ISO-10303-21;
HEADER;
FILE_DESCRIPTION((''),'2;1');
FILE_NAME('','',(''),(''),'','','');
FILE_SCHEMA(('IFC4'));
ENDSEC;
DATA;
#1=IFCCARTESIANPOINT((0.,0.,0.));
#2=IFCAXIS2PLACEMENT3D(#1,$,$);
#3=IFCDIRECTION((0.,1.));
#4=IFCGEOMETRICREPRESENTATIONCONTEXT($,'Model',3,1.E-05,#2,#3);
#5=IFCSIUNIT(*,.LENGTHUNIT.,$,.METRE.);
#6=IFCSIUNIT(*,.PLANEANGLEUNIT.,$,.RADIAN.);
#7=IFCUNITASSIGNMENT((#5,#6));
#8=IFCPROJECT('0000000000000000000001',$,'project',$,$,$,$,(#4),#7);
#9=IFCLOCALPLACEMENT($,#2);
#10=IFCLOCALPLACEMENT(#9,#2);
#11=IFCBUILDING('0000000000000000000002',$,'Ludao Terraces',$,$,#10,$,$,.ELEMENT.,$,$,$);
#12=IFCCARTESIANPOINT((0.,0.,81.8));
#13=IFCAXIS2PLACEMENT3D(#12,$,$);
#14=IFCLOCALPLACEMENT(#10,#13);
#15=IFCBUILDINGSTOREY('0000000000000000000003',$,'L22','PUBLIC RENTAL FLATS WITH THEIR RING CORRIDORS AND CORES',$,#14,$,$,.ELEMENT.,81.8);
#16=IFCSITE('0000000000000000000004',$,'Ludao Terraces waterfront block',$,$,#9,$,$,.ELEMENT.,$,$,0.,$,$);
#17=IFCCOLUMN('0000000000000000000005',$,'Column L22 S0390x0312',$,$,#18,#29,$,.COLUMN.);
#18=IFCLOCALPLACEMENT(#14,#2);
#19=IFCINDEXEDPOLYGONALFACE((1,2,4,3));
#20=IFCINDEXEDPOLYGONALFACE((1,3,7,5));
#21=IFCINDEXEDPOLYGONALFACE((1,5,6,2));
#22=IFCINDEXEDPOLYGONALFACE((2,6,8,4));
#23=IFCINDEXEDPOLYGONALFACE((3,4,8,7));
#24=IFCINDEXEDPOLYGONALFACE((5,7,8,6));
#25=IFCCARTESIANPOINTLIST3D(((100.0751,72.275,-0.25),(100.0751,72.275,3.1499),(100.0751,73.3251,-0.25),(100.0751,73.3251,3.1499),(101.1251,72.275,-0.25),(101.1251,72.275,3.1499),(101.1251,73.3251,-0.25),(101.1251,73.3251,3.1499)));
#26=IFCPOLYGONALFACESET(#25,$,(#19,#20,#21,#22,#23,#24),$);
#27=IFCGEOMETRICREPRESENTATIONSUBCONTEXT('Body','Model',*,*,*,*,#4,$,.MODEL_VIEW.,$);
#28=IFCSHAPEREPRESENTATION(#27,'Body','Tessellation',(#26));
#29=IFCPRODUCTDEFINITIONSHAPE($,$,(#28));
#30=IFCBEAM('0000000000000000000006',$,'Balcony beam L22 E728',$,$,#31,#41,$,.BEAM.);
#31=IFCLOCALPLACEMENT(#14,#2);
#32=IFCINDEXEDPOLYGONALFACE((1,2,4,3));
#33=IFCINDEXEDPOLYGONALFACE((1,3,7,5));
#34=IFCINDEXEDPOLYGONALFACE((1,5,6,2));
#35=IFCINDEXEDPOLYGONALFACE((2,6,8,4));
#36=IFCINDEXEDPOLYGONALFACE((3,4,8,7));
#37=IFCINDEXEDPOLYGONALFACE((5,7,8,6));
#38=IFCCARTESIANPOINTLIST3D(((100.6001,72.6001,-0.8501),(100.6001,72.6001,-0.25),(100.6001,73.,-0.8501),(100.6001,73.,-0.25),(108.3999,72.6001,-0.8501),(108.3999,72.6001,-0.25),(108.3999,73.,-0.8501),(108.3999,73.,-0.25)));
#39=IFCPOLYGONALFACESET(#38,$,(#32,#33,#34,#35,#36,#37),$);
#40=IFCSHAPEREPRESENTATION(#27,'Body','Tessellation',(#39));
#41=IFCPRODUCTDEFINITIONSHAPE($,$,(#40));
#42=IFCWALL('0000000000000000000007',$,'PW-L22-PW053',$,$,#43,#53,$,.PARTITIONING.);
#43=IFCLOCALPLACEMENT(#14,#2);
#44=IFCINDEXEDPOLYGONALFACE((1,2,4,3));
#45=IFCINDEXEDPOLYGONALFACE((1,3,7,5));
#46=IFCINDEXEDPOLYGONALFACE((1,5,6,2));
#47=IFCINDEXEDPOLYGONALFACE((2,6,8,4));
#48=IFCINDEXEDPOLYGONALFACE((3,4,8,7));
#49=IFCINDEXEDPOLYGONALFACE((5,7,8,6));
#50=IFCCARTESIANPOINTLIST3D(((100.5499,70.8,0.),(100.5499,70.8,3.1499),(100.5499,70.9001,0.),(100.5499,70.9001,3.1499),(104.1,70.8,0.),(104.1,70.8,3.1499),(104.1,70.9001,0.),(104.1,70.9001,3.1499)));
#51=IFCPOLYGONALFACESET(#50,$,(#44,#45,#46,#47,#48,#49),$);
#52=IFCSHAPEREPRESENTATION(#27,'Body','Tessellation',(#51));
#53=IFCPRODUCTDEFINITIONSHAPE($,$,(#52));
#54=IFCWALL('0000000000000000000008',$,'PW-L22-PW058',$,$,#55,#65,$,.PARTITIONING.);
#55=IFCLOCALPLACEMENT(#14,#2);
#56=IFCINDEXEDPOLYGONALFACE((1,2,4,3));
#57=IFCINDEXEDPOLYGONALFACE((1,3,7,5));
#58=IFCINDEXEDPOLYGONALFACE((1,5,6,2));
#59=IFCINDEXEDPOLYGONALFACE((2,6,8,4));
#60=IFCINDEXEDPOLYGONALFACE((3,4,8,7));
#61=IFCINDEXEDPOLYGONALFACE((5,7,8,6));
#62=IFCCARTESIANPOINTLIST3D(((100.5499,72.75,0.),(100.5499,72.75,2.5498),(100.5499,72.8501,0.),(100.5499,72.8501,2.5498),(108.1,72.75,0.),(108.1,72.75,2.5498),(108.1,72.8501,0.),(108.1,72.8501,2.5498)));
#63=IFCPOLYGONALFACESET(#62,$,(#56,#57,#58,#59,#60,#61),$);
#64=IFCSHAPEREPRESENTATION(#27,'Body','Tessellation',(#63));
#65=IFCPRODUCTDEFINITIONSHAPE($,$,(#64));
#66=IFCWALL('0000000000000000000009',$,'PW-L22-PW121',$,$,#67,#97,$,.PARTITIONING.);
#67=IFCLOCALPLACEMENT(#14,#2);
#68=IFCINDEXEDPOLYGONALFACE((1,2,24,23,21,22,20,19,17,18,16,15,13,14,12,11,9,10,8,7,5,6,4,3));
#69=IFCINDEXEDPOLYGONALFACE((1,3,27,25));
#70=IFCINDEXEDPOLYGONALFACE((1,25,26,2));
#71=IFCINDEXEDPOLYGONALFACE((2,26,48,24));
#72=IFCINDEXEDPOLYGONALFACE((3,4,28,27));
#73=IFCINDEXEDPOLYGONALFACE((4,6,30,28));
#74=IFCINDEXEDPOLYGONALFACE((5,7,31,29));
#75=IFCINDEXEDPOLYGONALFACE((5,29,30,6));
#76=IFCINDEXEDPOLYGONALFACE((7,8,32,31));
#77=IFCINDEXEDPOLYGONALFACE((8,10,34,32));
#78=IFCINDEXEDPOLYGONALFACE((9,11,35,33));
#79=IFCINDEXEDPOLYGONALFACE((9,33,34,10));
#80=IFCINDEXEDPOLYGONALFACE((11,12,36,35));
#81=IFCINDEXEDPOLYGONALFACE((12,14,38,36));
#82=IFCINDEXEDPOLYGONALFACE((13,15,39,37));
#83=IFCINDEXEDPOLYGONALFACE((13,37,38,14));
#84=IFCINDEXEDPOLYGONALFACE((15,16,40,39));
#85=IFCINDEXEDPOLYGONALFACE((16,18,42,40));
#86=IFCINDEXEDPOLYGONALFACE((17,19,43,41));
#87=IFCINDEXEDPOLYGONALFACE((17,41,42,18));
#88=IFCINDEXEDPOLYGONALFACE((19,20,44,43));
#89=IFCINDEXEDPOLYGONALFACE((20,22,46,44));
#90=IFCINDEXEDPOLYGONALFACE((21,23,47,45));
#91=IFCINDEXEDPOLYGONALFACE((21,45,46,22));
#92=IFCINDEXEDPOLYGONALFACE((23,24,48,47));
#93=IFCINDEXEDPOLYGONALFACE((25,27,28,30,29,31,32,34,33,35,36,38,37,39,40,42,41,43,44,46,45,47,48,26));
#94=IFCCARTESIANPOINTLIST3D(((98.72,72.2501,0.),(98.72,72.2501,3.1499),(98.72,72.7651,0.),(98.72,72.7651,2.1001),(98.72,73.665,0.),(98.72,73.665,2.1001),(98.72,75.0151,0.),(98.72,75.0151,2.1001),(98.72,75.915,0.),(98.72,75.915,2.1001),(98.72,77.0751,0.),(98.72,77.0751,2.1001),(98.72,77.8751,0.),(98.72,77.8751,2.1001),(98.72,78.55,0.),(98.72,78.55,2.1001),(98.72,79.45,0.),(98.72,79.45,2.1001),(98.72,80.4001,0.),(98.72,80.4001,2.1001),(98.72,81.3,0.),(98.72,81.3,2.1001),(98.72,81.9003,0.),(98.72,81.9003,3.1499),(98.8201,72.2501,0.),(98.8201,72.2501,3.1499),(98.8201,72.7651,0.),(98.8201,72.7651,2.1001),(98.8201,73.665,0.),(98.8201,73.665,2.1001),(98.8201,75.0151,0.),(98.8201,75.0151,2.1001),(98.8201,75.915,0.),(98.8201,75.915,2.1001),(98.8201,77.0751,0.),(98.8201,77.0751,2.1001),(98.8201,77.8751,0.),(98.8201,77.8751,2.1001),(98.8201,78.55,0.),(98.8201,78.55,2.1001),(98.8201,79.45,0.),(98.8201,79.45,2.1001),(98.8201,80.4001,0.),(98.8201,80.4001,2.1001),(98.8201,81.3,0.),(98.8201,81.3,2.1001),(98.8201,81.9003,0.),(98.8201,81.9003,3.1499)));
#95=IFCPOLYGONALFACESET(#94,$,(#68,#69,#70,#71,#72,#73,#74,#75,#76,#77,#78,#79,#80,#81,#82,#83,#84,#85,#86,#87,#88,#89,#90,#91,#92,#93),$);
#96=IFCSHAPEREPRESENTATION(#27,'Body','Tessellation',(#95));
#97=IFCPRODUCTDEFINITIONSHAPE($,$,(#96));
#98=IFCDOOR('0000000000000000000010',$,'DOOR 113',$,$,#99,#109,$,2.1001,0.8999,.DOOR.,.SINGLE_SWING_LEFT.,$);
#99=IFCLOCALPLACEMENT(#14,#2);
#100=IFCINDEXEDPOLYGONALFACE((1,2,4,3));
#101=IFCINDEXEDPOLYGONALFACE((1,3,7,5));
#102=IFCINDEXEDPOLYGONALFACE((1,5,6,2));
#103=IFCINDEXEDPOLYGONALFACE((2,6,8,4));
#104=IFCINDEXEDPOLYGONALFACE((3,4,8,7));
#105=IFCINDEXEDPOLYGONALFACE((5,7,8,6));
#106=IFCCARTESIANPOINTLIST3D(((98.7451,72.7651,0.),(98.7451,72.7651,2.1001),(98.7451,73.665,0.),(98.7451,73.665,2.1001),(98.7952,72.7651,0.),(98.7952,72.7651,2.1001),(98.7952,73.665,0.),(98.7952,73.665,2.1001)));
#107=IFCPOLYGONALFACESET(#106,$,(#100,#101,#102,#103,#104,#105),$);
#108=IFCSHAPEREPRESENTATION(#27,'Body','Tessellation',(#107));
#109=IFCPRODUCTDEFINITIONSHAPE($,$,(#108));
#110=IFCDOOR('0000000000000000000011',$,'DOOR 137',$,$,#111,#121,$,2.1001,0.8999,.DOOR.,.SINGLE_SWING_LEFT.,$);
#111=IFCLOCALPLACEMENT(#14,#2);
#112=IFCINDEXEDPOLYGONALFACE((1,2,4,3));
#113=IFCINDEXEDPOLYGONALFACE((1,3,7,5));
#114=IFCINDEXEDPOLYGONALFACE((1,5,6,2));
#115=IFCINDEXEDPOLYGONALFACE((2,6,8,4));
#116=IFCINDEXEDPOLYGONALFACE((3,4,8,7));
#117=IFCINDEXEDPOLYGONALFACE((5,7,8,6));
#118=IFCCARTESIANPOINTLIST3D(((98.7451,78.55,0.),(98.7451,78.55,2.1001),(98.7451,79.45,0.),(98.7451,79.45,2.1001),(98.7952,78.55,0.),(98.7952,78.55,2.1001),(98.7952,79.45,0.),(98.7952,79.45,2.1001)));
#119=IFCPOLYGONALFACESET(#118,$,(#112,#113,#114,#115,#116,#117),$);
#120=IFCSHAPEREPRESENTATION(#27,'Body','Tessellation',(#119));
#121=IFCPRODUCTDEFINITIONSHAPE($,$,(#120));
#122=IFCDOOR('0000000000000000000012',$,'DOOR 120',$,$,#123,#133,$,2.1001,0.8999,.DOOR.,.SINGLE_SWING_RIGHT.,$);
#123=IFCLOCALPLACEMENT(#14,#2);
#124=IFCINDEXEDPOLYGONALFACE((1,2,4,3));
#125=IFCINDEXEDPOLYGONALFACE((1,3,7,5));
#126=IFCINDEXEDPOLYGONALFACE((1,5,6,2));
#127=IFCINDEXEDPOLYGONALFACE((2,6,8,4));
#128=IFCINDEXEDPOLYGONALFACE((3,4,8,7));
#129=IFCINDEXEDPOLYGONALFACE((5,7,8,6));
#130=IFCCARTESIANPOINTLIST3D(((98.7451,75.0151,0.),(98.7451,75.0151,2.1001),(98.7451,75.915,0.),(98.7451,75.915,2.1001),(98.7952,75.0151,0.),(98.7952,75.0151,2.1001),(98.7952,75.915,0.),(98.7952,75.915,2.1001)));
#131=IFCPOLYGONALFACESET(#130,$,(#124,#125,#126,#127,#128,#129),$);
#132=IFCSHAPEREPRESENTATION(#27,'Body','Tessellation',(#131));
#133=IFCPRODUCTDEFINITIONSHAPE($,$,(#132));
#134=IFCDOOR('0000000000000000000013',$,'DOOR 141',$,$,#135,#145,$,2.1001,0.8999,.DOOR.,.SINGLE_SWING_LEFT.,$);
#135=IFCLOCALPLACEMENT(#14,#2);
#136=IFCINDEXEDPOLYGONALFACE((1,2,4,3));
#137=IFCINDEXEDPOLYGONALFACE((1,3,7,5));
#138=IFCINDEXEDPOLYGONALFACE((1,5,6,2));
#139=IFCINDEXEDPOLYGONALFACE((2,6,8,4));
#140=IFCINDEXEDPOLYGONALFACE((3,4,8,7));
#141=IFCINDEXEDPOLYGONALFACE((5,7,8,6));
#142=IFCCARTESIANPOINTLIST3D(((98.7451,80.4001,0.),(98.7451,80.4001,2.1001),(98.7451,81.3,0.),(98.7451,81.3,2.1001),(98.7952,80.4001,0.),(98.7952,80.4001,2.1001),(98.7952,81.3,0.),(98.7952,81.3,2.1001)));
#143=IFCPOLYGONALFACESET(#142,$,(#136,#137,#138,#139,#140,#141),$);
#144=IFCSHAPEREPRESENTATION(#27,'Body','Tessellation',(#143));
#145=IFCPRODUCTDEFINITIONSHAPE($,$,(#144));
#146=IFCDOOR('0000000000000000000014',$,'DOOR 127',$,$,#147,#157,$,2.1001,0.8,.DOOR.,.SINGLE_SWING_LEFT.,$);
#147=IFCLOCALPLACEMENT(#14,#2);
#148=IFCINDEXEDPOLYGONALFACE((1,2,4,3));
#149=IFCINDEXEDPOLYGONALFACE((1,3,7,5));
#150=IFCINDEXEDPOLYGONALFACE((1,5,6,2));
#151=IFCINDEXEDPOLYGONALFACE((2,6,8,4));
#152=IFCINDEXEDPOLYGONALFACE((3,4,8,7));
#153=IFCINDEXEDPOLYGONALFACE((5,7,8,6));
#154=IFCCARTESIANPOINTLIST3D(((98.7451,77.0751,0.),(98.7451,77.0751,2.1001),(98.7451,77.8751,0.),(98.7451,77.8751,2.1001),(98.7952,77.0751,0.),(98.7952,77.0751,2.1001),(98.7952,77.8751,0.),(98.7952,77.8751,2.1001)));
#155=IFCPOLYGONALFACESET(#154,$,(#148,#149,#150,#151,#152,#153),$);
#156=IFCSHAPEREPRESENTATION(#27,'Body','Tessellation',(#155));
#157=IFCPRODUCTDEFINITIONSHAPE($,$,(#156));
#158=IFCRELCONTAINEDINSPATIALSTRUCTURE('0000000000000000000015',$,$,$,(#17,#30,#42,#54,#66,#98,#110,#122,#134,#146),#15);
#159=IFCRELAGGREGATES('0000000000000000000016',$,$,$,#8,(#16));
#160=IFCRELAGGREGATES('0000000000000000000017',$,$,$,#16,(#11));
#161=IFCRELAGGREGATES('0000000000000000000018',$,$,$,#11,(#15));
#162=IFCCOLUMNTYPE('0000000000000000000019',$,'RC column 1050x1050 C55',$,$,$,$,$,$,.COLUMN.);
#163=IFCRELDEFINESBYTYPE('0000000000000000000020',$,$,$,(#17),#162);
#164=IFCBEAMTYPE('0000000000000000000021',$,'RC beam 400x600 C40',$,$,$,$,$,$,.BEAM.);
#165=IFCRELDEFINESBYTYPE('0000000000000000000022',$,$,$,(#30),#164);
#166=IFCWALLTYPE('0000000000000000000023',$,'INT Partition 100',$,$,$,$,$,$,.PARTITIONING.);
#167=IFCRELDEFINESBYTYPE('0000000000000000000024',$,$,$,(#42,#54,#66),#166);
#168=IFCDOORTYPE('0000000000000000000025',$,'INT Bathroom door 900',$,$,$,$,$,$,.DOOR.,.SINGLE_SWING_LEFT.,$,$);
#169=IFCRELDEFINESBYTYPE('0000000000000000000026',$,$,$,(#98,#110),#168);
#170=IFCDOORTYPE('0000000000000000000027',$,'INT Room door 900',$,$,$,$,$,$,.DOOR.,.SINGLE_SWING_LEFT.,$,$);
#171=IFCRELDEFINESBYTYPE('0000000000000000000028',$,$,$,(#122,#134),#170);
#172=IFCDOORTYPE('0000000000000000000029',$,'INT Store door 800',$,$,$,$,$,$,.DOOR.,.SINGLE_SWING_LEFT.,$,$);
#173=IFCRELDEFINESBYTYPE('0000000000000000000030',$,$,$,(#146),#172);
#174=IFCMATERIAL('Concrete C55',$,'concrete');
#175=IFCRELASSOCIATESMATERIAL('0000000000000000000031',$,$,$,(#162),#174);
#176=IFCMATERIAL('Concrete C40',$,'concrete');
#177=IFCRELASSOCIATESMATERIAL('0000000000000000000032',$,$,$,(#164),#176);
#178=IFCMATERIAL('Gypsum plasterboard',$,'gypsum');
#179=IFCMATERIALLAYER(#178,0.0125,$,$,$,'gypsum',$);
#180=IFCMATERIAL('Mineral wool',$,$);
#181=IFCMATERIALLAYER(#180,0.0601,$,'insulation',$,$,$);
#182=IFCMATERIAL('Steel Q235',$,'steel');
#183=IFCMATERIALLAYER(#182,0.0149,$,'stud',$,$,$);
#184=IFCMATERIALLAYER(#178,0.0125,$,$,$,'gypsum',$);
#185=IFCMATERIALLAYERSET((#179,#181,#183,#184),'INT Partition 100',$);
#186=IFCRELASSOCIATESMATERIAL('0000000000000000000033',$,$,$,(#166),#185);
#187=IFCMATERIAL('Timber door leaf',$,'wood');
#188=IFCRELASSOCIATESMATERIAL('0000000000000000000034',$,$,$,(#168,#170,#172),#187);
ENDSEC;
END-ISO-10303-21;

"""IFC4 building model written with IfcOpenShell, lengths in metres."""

from ifc_helpers import new_model, si_unit, direction, frame, frame_2d, origin, origin_2d, place, context, subcontext, project, spatial, rectangle, extrude, material, layer, layer_set, material_profile, profile_set, type_object, element, fill, save


model = new_model("IFC4")

# Units and contexts
model_context = context("Model", 3, precision=1e-05, world=origin(), true_north=direction((0.0, 1.0)))
body_context = subcontext(model_context, "Body", "Model", "MODEL_VIEW")
ifc_project = project(units=[si_unit("LENGTHUNIT", "METRE"), si_unit("PLANEANGLEUNIT", "RADIAN")], contexts=[model_context])

# Site, building, storey
site_placement = place(None, origin())
site = spatial("IfcSite", under=ifc_project, at=site_placement, Name="Ludao Terraces waterfront block", CompositionType="ELEMENT", RefElevation=0.0)
building_placement = place(site_placement, origin())
building = spatial("IfcBuilding", under=site, at=building_placement, Name="Ludao Terraces", CompositionType="ELEMENT")
storey_placement = place(building_placement, frame((0.0, 0.0, 81.8)))
storey = spatial("IfcBuildingStorey", under=building, at=storey_placement, Name="L22", Description="PUBLIC RENTAL FLATS WITH THEIR RING CORRIDORS AND CORES", CompositionType="ELEMENT", Elevation=81.8)

# Column
ifc_material_1 = material(Name="Concrete C55", Category="concrete")
ifc_material_profile_1 = material_profile(ifc_material_1, rectangle(XDim=1.05, YDim=1.05, at=origin_2d()), Name="1050 X 1050")
ifc_profile_set_1 = profile_set([ifc_material_profile_1], Name="Concrete C55")
column_type = type_object("IfcColumnType", Name="RC column 1050x1050 C55", PredefinedType="COLUMN", material=ifc_profile_set_1)
column_placement = place(storey_placement, frame((100.6001, 72.8, -0.25), z_axis=(0.0, 0.0, 1.0), x_axis=(1.0, 0.0, 0.0)))
element("IfcColumn", 1, at=column_placement, inside=storey, type_object=column_type, Name="Column L22 S0390x0312", PredefinedType="COLUMN", context=body_context, shape_type="SweptSolid", body=[
    extrude(rectangle(XDim=1.05, YDim=1.05, at=origin_2d()), origin(), (0.0, 0.0, 1.0), 3.3999),
])

# Beam
ifc_material_2 = material(Name="Concrete C40", Category="concrete")
ifc_material_profile_2 = material_profile(ifc_material_2, rectangle(XDim=0.3999, YDim=0.6001, at=origin_2d()), Name="400 X 600")
ifc_profile_set_2 = profile_set([ifc_material_profile_2], Name="Concrete C40")
beam_type = type_object("IfcBeamType", Name="RC beam 400x600 C40", PredefinedType="BEAM", material=ifc_profile_set_2)
beam_placement = place(storey_placement, frame((100.6001, 72.8, -0.55), z_axis=(1.0, 0.0, 0.0), x_axis=(0.0, 1.0, 0.0)))
element("IfcBeam", 2, at=beam_placement, inside=storey, type_object=beam_type, Name="Balcony beam L22 E728", PredefinedType="BEAM", context=body_context, shape_type="SweptSolid", body=[
    extrude(rectangle(XDim=0.3999, YDim=0.6001, at=origin_2d()), origin(), (0.0, 0.0, 1.0), 7.7998),
])

# Shared definitions
ifc_material_3 = material(Name="Mineral wool")

# Walls
ifc_material_4 = material(Name="Gypsum plasterboard", Category="gypsum")
ifc_layer_1 = layer(ifc_material_4, 0.0125, Category="gypsum")
ifc_layer_2 = layer(ifc_material_3, 0.0601, Name="insulation")
ifc_material_5 = material(Name="Steel Q235", Category="steel")
ifc_layer_3 = layer(ifc_material_5, 0.0149, Name="stud")
ifc_layer_4 = layer(ifc_material_4, 0.0125, Category="gypsum")
ifc_layer_set_1 = layer_set([ifc_layer_1, ifc_layer_2, ifc_layer_3, ifc_layer_4], Name="INT Partition 100")
wall_type_1 = type_object("IfcWallType", Name="INT Partition 100", PredefinedType="PARTITIONING", material=ifc_layer_set_1)
wall_1_placement = place(storey_placement, frame((100.55, 70.8501, 0.0), z_axis=(0.0, 0.0, 1.0), x_axis=(1.0, 0.0, 0.0)))
element("IfcWall", 3, at=wall_1_placement, inside=storey, type_object=wall_type_1, Name="PW-L22-PW053", PredefinedType="PARTITIONING", context=body_context, shape_type="SweptSolid", body=[
    extrude(rectangle(XDim=3.55, YDim=0.1001, at=frame_2d((1.7749, 0.0))), origin(), (0.0, 0.0, 1.0), 3.1499),
])
wall_2_placement = place(storey_placement, frame((100.55, 72.8, 0.0), z_axis=(0.0, 0.0, 1.0), x_axis=(1.0, 0.0, 0.0)))
element("IfcWall", 4, at=wall_2_placement, inside=storey, type_object=wall_type_1, Name="PW-L22-PW058", PredefinedType="PARTITIONING", context=body_context, shape_type="SweptSolid", body=[
    extrude(rectangle(XDim=7.55, YDim=0.1001, at=frame_2d((3.7749, 0.0))), origin(), (0.0, 0.0, 1.0), 2.5498),
])

# Wall, openings, doors
wall_3_placement = place(storey_placement, frame((98.77, 72.25, 0.0), z_axis=(0.0, 0.0, 1.0), x_axis=(0.0, 1.0, 0.0)))
wall_3 = element("IfcWall", 5, at=wall_3_placement, inside=storey, type_object=wall_type_1, Name="PW-L22-PW121", PredefinedType="PARTITIONING", context=body_context, shape_type="SweptSolid", body=[
    extrude(rectangle(XDim=9.6501, YDim=0.1001, at=frame_2d((4.8252, 0.0))), origin(), (0.0, 0.0, 1.0), 3.1499),
])
opening_1_placement = place(wall_3_placement, frame((0.5151, 0.0, 0.0)))
opening_1 = element("IfcOpeningElement", 6, at=opening_1_placement, cuts=wall_3, PredefinedType="OPENING", context=body_context, shape_type="SweptSolid", body=[
    extrude(rectangle(XDim=0.8999, YDim=2.1001, at=frame_2d((0.45, 1.05))), frame((0.0, 0.0601, 0.0), z_axis=(0.0, -1.0, 0.0), x_axis=(1.0, 0.0, 0.0)), (0.0, 0.0, 1.0), 0.1201),
])
opening_2_placement = place(wall_3_placement, frame((2.7651, 0.0, 0.0)))
opening_2 = element("IfcOpeningElement", 7, at=opening_2_placement, cuts=wall_3, PredefinedType="OPENING", context=body_context, shape_type="SweptSolid", body=[
    extrude(rectangle(XDim=0.8999, YDim=2.1001, at=frame_2d((0.45, 1.05))), frame((0.0, 0.0601, 0.0), z_axis=(0.0, -1.0, 0.0), x_axis=(1.0, 0.0, 0.0)), (0.0, 0.0, 1.0), 0.1201),
])
opening_3_placement = place(wall_3_placement, frame((4.8252, 0.0, 0.0)))
opening_3 = element("IfcOpeningElement", 8, at=opening_3_placement, cuts=wall_3, PredefinedType="OPENING", context=body_context, shape_type="SweptSolid", body=[
    extrude(rectangle(XDim=0.8, YDim=2.1001, at=frame_2d((0.3999, 1.05))), frame((0.0, 0.0601, 0.0), z_axis=(0.0, -1.0, 0.0), x_axis=(1.0, 0.0, 0.0)), (0.0, 0.0, 1.0), 0.1201),
])
opening_4_placement = place(wall_3_placement, frame((6.3, 0.0, 0.0)))
opening_4 = element("IfcOpeningElement", 9, at=opening_4_placement, cuts=wall_3, PredefinedType="OPENING", context=body_context, shape_type="SweptSolid", body=[
    extrude(rectangle(XDim=0.8999, YDim=2.1001, at=frame_2d((0.45, 1.05))), frame((0.0, 0.0601, 0.0), z_axis=(0.0, -1.0, 0.0), x_axis=(1.0, 0.0, 0.0)), (0.0, 0.0, 1.0), 0.1201),
])
opening_5_placement = place(wall_3_placement, frame((8.1501, 0.0, 0.0)))
opening_5 = element("IfcOpeningElement", 10, at=opening_5_placement, cuts=wall_3, PredefinedType="OPENING", context=body_context, shape_type="SweptSolid", body=[
    extrude(rectangle(XDim=0.8999, YDim=2.1001, at=frame_2d((0.45, 1.05))), frame((0.0, 0.0601, 0.0), z_axis=(0.0, -1.0, 0.0), x_axis=(1.0, 0.0, 0.0)), (0.0, 0.0, 1.0), 0.1201),
])
ifc_material_6 = material(Name="Timber door leaf", Category="wood")
door_type_1 = type_object("IfcDoorType", Name="INT Bathroom door 900", OperationType="SINGLE_SWING_LEFT", PredefinedType="DOOR", material=ifc_material_6)
door_1_placement = place(opening_1_placement, origin())
door_1 = element("IfcDoor", 11, at=door_1_placement, inside=storey, type_object=door_type_1, Name="DOOR 113", OperationType="SINGLE_SWING_LEFT", OverallHeight=2.1001, OverallWidth=0.8999, PredefinedType="DOOR", context=body_context, shape_type="SweptSolid", body=[
    extrude(rectangle(XDim=0.8999, YDim=2.1001, at=frame_2d((0.45, 1.05))), frame((0.0, 0.0249, 0.0), z_axis=(0.0, -1.0, 0.0), x_axis=(1.0, 0.0, 0.0)), (0.0, 0.0, 1.0), 0.05),
])
fill(opening_1, door_1)
door_2_placement = place(opening_4_placement, origin())
door_2 = element("IfcDoor", 12, at=door_2_placement, inside=storey, type_object=door_type_1, Name="DOOR 137", OperationType="SINGLE_SWING_LEFT", OverallHeight=2.1001, OverallWidth=0.8999, PredefinedType="DOOR", context=body_context, shape_type="SweptSolid", body=[
    extrude(rectangle(XDim=0.8999, YDim=2.1001, at=frame_2d((0.45, 1.05))), frame((0.0, 0.0249, 0.0), z_axis=(0.0, -1.0, 0.0), x_axis=(1.0, 0.0, 0.0)), (0.0, 0.0, 1.0), 0.05),
])
fill(opening_4, door_2)
door_type_2 = type_object("IfcDoorType", Name="INT Room door 900", OperationType="SINGLE_SWING_LEFT", PredefinedType="DOOR", material=ifc_material_6)
door_3_placement = place(opening_2_placement, origin())
door_3 = element("IfcDoor", 13, at=door_3_placement, inside=storey, type_object=door_type_2, Name="DOOR 120", OperationType="SINGLE_SWING_RIGHT", OverallHeight=2.1001, OverallWidth=0.8999, PredefinedType="DOOR", context=body_context, shape_type="SweptSolid", body=[
    extrude(rectangle(XDim=0.8999, YDim=2.1001, at=frame_2d((0.45, 1.05))), frame((0.0, 0.0249, 0.0), z_axis=(0.0, -1.0, 0.0), x_axis=(1.0, 0.0, 0.0)), (0.0, 0.0, 1.0), 0.05),
])
fill(opening_2, door_3)
door_4_placement = place(opening_5_placement, origin())
door_4 = element("IfcDoor", 14, at=door_4_placement, inside=storey, type_object=door_type_2, Name="DOOR 141", OperationType="SINGLE_SWING_LEFT", OverallHeight=2.1001, OverallWidth=0.8999, PredefinedType="DOOR", context=body_context, shape_type="SweptSolid", body=[
    extrude(rectangle(XDim=0.8999, YDim=2.1001, at=frame_2d((0.45, 1.05))), frame((0.0, 0.0249, 0.0), z_axis=(0.0, -1.0, 0.0), x_axis=(1.0, 0.0, 0.0)), (0.0, 0.0, 1.0), 0.05),
])
fill(opening_5, door_4)
door_type_3 = type_object("IfcDoorType", Name="INT Store door 800", OperationType="SINGLE_SWING_LEFT", PredefinedType="DOOR", material=ifc_material_6)
door_5_placement = place(opening_3_placement, origin())
door_5 = element("IfcDoor", 15, at=door_5_placement, inside=storey, type_object=door_type_3, Name="DOOR 127", OperationType="SINGLE_SWING_LEFT", OverallHeight=2.1001, OverallWidth=0.8, PredefinedType="DOOR", context=body_context, shape_type="SweptSolid", body=[
    extrude(rectangle(XDim=0.8, YDim=2.1001, at=frame_2d((0.3999, 1.05))), frame((0.0, 0.0249, 0.0), z_axis=(0.0, -1.0, 0.0), x_axis=(1.0, 0.0, 0.0)), (0.0, 0.0, 1.0), 0.05),
])
fill(opening_3, door_5)

save(model, "model.ifc")
